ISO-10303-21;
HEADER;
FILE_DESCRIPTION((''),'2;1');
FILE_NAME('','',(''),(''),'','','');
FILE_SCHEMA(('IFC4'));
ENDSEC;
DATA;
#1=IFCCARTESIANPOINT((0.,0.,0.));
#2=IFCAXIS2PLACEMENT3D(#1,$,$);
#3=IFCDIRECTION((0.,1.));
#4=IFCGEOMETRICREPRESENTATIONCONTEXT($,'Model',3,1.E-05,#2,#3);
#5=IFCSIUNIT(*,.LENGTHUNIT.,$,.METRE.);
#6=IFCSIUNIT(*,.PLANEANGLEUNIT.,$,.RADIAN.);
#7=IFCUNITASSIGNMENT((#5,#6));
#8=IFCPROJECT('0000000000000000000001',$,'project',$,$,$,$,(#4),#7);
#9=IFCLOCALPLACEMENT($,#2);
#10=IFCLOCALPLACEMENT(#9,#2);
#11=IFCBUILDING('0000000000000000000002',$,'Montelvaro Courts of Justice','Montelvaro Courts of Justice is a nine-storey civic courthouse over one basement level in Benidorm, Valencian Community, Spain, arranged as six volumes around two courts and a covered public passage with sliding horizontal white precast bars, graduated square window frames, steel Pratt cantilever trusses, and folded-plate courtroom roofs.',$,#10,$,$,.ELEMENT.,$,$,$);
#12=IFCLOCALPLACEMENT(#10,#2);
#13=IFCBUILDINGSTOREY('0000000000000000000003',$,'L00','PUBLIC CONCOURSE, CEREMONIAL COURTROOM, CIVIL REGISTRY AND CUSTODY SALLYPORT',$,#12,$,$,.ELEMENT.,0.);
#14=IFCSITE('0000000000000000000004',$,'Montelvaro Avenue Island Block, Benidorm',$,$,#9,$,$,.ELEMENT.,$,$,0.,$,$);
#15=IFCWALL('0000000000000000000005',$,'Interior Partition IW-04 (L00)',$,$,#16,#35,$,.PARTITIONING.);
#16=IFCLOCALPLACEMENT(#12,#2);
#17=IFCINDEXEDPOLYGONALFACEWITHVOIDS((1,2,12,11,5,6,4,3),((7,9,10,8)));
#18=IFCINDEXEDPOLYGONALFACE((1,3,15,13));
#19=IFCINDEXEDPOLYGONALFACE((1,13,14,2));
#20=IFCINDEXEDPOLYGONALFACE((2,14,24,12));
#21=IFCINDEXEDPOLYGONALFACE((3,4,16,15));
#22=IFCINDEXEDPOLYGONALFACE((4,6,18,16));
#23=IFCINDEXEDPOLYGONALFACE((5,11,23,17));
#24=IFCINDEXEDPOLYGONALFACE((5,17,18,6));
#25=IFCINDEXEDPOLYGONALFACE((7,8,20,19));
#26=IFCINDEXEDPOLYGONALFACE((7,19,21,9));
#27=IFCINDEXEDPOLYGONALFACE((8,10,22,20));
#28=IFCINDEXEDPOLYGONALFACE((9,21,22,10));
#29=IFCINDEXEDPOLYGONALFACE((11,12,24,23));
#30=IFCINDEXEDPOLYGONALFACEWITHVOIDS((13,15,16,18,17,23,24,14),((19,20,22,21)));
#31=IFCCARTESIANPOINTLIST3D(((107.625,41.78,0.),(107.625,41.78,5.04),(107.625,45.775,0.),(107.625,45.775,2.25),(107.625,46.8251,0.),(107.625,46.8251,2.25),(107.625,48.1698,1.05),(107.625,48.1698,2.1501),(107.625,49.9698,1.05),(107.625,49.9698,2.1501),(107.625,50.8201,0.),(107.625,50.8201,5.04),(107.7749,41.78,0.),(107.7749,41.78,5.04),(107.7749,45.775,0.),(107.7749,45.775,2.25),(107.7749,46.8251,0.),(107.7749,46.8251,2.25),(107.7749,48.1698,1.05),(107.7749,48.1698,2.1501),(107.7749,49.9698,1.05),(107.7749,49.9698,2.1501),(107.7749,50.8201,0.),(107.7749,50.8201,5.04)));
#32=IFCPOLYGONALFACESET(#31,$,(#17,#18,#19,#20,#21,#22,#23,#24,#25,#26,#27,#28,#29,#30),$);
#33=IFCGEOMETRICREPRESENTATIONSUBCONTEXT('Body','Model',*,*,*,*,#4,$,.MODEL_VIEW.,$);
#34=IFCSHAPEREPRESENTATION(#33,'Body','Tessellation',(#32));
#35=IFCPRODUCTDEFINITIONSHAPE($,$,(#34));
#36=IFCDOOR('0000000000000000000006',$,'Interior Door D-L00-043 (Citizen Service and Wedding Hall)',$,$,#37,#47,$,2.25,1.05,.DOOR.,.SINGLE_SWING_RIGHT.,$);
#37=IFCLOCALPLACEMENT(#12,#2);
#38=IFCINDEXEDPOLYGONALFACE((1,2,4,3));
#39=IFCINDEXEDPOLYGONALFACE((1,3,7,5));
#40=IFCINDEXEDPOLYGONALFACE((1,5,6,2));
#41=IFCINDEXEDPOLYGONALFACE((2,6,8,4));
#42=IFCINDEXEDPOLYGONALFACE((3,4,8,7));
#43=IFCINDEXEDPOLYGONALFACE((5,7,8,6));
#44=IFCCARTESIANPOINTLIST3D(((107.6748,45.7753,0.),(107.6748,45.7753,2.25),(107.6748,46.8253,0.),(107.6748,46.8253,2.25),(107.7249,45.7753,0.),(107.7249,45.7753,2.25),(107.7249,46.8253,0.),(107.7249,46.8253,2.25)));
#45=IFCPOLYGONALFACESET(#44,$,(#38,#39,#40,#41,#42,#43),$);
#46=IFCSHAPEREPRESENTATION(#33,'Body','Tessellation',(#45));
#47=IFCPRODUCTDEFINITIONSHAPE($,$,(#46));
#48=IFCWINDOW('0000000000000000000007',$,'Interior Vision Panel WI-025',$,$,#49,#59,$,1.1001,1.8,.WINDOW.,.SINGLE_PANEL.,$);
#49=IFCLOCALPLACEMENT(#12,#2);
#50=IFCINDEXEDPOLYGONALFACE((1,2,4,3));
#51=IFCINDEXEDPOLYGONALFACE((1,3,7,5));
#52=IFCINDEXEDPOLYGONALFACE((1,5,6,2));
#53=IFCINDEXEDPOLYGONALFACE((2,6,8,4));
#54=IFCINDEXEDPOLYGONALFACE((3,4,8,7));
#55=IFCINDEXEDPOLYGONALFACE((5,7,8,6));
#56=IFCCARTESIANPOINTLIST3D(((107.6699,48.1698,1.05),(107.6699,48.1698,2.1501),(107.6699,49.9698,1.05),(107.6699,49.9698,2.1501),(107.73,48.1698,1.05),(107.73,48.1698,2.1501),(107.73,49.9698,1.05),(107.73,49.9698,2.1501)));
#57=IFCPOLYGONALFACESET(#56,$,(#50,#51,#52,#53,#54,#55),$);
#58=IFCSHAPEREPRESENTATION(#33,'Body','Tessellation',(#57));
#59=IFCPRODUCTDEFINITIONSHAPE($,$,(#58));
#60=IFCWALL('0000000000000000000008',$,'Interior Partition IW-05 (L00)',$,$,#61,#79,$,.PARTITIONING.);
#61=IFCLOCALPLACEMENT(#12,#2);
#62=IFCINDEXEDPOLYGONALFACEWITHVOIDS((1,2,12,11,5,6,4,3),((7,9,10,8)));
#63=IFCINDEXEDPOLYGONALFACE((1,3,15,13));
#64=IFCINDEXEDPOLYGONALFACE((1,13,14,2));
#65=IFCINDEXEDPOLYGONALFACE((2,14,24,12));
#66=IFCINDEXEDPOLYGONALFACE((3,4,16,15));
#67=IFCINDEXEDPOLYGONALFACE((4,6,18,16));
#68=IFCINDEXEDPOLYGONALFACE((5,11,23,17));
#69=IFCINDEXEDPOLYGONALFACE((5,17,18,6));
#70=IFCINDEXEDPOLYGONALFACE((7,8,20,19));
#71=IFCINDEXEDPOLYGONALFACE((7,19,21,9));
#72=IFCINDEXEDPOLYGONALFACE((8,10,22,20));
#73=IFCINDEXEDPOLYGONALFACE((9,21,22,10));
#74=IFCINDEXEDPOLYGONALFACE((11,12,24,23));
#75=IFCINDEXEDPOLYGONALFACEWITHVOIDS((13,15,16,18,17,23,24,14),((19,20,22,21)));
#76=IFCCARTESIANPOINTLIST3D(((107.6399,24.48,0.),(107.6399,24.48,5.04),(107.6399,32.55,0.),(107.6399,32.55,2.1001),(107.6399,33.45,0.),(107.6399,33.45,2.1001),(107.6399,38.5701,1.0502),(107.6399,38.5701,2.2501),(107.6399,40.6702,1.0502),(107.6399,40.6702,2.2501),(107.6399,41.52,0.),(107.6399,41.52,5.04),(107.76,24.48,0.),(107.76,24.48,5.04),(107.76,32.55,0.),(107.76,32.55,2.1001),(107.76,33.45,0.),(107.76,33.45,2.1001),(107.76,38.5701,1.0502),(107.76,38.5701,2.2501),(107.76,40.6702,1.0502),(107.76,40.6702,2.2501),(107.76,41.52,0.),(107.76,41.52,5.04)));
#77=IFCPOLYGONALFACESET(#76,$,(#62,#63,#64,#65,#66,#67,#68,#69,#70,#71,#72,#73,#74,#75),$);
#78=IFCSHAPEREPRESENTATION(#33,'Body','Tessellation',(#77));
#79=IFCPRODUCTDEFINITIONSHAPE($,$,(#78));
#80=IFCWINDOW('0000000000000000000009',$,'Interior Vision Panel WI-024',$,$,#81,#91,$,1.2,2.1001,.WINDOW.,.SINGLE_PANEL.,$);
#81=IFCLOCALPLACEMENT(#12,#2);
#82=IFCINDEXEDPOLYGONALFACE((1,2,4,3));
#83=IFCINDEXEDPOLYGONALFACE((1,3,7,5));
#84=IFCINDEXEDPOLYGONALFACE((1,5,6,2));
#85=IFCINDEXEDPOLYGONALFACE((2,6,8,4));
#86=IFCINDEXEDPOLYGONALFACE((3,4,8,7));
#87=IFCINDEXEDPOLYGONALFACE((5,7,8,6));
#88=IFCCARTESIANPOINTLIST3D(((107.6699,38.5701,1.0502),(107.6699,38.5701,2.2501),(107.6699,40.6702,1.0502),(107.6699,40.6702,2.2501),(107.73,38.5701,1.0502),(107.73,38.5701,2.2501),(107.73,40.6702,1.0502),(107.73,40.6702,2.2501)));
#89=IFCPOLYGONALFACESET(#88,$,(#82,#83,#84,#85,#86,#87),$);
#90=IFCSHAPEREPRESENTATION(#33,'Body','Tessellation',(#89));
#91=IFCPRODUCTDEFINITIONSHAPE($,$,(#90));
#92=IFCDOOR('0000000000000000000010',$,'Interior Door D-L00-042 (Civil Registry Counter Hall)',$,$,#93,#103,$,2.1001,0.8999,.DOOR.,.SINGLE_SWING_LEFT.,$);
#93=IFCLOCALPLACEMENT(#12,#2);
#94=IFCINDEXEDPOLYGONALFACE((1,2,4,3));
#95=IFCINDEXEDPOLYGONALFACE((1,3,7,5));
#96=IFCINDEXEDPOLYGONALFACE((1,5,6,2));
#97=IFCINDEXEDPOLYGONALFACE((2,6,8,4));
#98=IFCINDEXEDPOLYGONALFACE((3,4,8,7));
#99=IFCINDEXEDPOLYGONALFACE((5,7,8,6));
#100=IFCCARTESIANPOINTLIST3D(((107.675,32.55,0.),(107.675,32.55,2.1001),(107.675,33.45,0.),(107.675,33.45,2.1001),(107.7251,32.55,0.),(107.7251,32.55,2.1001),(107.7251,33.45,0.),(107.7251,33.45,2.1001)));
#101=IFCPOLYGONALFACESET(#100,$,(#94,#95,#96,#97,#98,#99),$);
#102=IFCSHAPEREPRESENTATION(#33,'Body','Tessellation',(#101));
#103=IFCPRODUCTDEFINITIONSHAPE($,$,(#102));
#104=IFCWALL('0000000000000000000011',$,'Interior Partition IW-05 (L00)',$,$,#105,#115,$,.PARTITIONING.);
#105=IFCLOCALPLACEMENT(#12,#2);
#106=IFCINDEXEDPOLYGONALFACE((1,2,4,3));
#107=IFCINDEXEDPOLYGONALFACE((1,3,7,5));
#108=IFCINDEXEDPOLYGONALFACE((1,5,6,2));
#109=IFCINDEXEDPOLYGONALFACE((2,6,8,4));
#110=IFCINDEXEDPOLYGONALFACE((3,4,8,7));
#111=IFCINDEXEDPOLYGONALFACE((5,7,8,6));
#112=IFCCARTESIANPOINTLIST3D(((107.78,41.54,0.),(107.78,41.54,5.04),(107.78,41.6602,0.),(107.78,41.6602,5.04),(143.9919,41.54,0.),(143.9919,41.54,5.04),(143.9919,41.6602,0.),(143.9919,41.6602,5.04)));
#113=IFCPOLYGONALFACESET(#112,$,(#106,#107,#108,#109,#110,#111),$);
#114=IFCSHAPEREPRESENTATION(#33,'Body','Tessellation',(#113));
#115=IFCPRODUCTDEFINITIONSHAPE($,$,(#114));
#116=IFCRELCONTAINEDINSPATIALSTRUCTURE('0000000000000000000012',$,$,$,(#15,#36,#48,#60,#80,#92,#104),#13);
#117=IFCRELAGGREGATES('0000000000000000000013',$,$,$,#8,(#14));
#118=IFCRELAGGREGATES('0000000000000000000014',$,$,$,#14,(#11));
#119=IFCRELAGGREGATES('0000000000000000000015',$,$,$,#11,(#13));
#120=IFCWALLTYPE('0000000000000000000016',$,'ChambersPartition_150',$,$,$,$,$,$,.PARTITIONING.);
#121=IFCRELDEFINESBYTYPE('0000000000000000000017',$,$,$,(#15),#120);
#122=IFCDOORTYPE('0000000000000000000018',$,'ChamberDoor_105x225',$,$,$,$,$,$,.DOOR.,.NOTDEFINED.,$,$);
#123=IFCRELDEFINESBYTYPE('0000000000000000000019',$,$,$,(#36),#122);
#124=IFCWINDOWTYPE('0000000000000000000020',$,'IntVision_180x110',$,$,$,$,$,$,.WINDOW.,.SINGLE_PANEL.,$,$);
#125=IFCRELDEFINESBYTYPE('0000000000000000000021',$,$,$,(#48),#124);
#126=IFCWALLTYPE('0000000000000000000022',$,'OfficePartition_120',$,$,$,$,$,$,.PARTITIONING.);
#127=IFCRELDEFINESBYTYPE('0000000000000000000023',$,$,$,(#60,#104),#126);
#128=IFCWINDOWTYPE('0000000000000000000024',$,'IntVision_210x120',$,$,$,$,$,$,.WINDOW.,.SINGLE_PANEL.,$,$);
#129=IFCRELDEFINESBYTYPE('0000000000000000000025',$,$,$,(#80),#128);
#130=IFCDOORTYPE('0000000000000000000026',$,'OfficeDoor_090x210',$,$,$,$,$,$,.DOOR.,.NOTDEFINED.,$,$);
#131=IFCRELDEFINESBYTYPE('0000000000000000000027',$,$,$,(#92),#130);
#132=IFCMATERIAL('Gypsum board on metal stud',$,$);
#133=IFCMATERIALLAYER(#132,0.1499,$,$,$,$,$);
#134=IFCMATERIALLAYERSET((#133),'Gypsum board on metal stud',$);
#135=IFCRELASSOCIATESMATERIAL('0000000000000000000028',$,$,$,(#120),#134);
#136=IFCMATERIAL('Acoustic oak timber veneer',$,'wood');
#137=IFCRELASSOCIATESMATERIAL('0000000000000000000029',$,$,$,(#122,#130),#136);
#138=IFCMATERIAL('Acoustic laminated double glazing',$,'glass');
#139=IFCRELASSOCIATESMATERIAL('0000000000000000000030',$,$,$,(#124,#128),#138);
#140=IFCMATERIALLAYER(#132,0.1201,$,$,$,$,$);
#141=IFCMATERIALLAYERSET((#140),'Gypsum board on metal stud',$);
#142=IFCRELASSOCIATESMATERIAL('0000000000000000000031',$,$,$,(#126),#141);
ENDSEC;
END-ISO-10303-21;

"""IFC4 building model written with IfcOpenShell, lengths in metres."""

from ifc_helpers import new_model, si_unit, direction, frame, frame_2d, origin, place, context, subcontext, project, spatial, rectangle, extrude, material, layer, layer_set, type_object, element, fill, save


model = new_model("IFC4")

# Units and contexts
model_context = context("Model", 3, precision=1e-05, world=origin(), true_north=direction((0.0, 1.0)))
body_context = subcontext(model_context, "Body", "Model", "MODEL_VIEW")
ifc_project = project(units=[si_unit("LENGTHUNIT", "METRE"), si_unit("PLANEANGLEUNIT", "RADIAN")], contexts=[model_context])

# Site, building, storey
site_placement = place(None, origin())
site = spatial("IfcSite", under=ifc_project, at=site_placement, Name="Montelvaro Avenue Island Block, Benidorm", CompositionType="ELEMENT", RefElevation=0.0)
building_placement = place(site_placement, origin())
building = spatial("IfcBuilding", under=site, at=building_placement, Name="Montelvaro Courts of Justice", Description="Montelvaro Courts of Justice is a nine-storey civic courthouse over one basement level in Benidorm, Valencian Community, Spain, arranged as six volumes around two courts and a covered public passage with sliding horizontal white precast bars, graduated square window frames, steel Pratt cantilever trusses, and folded-plate courtroom roofs.", CompositionType="ELEMENT")
storey_placement = place(building_placement, origin())
storey = spatial("IfcBuildingStorey", under=building, at=storey_placement, Name="L00", Description="PUBLIC CONCOURSE, CEREMONIAL COURTROOM, CIVIL REGISTRY AND CUSTODY SALLYPORT", CompositionType="ELEMENT", Elevation=0.0)

# Wall, openings, door, window
ifc_material_1 = material(Name="Gypsum board on metal stud")
ifc_layer_1 = layer(ifc_material_1, 0.1499)
ifc_layer_set_1 = layer_set([ifc_layer_1], Name="Gypsum board on metal stud")
wall_type_1 = type_object("IfcWallType", Name="ChambersPartition_150", PredefinedType="PARTITIONING", material=ifc_layer_set_1)
wall_1_placement = place(storey_placement, frame((107.7, 41.78, 0.0), z_axis=(0.0, 0.0, 1.0), x_axis=(0.0, 1.0, 0.0)))
wall_1 = element("IfcWall", 1, at=wall_1_placement, inside=storey, type_object=wall_type_1, Name="Interior Partition IW-04 (L00)", PredefinedType="PARTITIONING", context=body_context, shape_type="SweptSolid", body=[
    extrude(rectangle(XDim=9.04, YDim=0.1499, at=frame_2d((4.52, 0.0))), origin(), (0.0, 0.0, 1.0), 5.04),
])
opening_1_placement = place(wall_1_placement, frame((3.9951, 0.0, 0.0)))
opening_1 = element("IfcOpeningElement", 2, at=opening_1_placement, cuts=wall_1, PredefinedType="OPENING", context=body_context, shape_type="SweptSolid", body=[
    extrude(rectangle(XDim=1.05, YDim=2.25, at=frame_2d((0.5249, 1.125))), frame((0.0, 0.0898, 0.0), z_axis=(0.0, -1.0, 0.0), x_axis=(1.0, 0.0, 0.0)), (0.0, 0.0, 1.0), 0.1797),
])
opening_2_placement = place(wall_1_placement, frame((6.3899, 0.0, 1.05)))
opening_2 = element("IfcOpeningElement", 3, at=opening_2_placement, cuts=wall_1, PredefinedType="OPENING", context=body_context, shape_type="SweptSolid", body=[
    extrude(rectangle(XDim=1.8, YDim=1.1001, at=frame_2d((0.8999, 0.55))), frame((0.0, 0.0898, 0.0), z_axis=(0.0, -1.0, 0.0), x_axis=(1.0, 0.0, 0.0)), (0.0, 0.0, 1.0), 0.1797),
])
ifc_material_2 = material(Name="Acoustic oak timber veneer", Category="wood")
door_type_1 = type_object("IfcDoorType", Name="ChamberDoor_105x225", OperationType="NOTDEFINED", PredefinedType="DOOR", material=ifc_material_2)
door_1_placement = place(opening_1_placement, frame((1.05, 0.0, 0.0), z_axis=(0.0, 0.0, 1.0), x_axis=(-1.0, 0.0, 0.0)))
door_1 = element("IfcDoor", 4, at=door_1_placement, inside=storey, type_object=door_type_1, Name="Interior Door D-L00-043 (Citizen Service and Wedding Hall)", OperationType="SINGLE_SWING_RIGHT", OverallHeight=2.25, OverallWidth=1.05, PredefinedType="DOOR", context=body_context, shape_type="SweptSolid", body=[
    extrude(rectangle(XDim=1.05, YDim=2.25, at=frame_2d((0.5249, 1.125))), frame((0.0, 0.0249, 0.0), z_axis=(0.0, -1.0, 0.0), x_axis=(1.0, 0.0, 0.0)), (0.0, 0.0, 1.0), 0.05),
])
fill(opening_1, door_1)
ifc_material_3 = material(Name="Acoustic laminated double glazing", Category="glass")
window_type_1 = type_object("IfcWindowType", Name="IntVision_180x110", PartitioningType="SINGLE_PANEL", PredefinedType="WINDOW", material=ifc_material_3)
window_1_placement = place(opening_2_placement, origin())
window_1 = element("IfcWindow", 5, at=window_1_placement, inside=storey, type_object=window_type_1, Name="Interior Vision Panel WI-025", OverallHeight=1.1001, OverallWidth=1.8, PartitioningType="SINGLE_PANEL", PredefinedType="WINDOW", context=body_context, shape_type="SweptSolid", body=[
    extrude(rectangle(XDim=1.8, YDim=1.1001, at=frame_2d((0.8999, 0.55))), frame((0.0, 0.03, 0.0), z_axis=(0.0, -1.0, 0.0), x_axis=(1.0, 0.0, 0.0)), (0.0, 0.0, 1.0), 0.0601),
])
fill(opening_2, window_1)

# Wall, openings, window, door
ifc_layer_2 = layer(ifc_material_1, 0.1201)
ifc_layer_set_2 = layer_set([ifc_layer_2], Name="Gypsum board on metal stud")
wall_type_2 = type_object("IfcWallType", Name="OfficePartition_120", PredefinedType="PARTITIONING", material=ifc_layer_set_2)
wall_2_placement = place(storey_placement, frame((107.7, 24.48, 0.0), z_axis=(0.0, 0.0, 1.0), x_axis=(0.0, 1.0, 0.0)))
wall_2 = element("IfcWall", 6, at=wall_2_placement, inside=storey, type_object=wall_type_2, Name="Interior Partition IW-05 (L00)", PredefinedType="PARTITIONING", context=body_context, shape_type="SweptSolid", body=[
    extrude(rectangle(XDim=17.04, YDim=0.1201, at=frame_2d((8.52, 0.0))), origin(), (0.0, 0.0, 1.0), 5.04),
])
opening_3_placement = place(wall_2_placement, frame((8.0701, 0.0, 0.0)))
opening_3 = element("IfcOpeningElement", 7, at=opening_3_placement, cuts=wall_2, PredefinedType="OPENING", context=body_context, shape_type="SweptSolid", body=[
    extrude(rectangle(XDim=0.8999, YDim=2.1001, at=frame_2d((0.45, 1.05))), frame((0.0, 0.075, 0.0), z_axis=(0.0, -1.0, 0.0), x_axis=(1.0, 0.0, 0.0)), (0.0, 0.0, 1.0), 0.1499),
])
opening_4_placement = place(wall_2_placement, frame((14.0901, 0.0, 1.05)))
opening_4 = element("IfcOpeningElement", 8, at=opening_4_placement, cuts=wall_2, PredefinedType="OPENING", context=body_context, shape_type="SweptSolid", body=[
    extrude(rectangle(XDim=2.1001, YDim=1.2, at=frame_2d((1.05, 0.6001))), frame((0.0, 0.075, 0.0), z_axis=(0.0, -1.0, 0.0), x_axis=(1.0, 0.0, 0.0)), (0.0, 0.0, 1.0), 0.1499),
])
window_type_2 = type_object("IfcWindowType", Name="IntVision_210x120", PartitioningType="SINGLE_PANEL", PredefinedType="WINDOW", material=ifc_material_3)
window_2_placement = place(opening_4_placement, origin())
window_2 = element("IfcWindow", 9, at=window_2_placement, inside=storey, type_object=window_type_2, Name="Interior Vision Panel WI-024", OverallHeight=1.2, OverallWidth=2.1001, PartitioningType="SINGLE_PANEL", PredefinedType="WINDOW", context=body_context, shape_type="SweptSolid", body=[
    extrude(rectangle(XDim=2.1001, YDim=1.2, at=frame_2d((1.05, 0.6001))), frame((0.0, 0.03, 0.0), z_axis=(0.0, -1.0, 0.0), x_axis=(1.0, 0.0, 0.0)), (0.0, 0.0, 1.0), 0.0601),
])
fill(opening_4, window_2)
door_type_2 = type_object("IfcDoorType", Name="OfficeDoor_090x210", OperationType="NOTDEFINED", PredefinedType="DOOR", material=ifc_material_2)
door_2_placement = place(opening_3_placement, origin())
door_2 = element("IfcDoor", 10, at=door_2_placement, inside=storey, type_object=door_type_2, Name="Interior Door D-L00-042 (Civil Registry Counter Hall)", OperationType="SINGLE_SWING_LEFT", OverallHeight=2.1001, OverallWidth=0.8999, PredefinedType="DOOR", context=body_context, shape_type="SweptSolid", body=[
    extrude(rectangle(XDim=0.8999, YDim=2.1001, at=frame_2d((0.45, 1.05))), frame((0.0, 0.0249, 0.0), z_axis=(0.0, -1.0, 0.0), x_axis=(1.0, 0.0, 0.0)), (0.0, 0.0, 1.0), 0.05),
])
fill(opening_3, door_2)

# Wall
wall_3_placement = place(storey_placement, frame((107.78, 41.6001, 0.0), z_axis=(0.0, 0.0, 1.0), x_axis=(1.0, 0.0, 0.0)))
element("IfcWall", 11, at=wall_3_placement, inside=storey, type_object=wall_type_2, Name="Interior Partition IW-05 (L00)", PredefinedType="PARTITIONING", context=body_context, shape_type="SweptSolid", body=[
    extrude(rectangle(XDim=36.2119, YDim=0.1201, at=frame_2d((18.106, 0.0))), origin(), (0.0, 0.0, 1.0), 5.04),
])

save(model, "model.ifc")
